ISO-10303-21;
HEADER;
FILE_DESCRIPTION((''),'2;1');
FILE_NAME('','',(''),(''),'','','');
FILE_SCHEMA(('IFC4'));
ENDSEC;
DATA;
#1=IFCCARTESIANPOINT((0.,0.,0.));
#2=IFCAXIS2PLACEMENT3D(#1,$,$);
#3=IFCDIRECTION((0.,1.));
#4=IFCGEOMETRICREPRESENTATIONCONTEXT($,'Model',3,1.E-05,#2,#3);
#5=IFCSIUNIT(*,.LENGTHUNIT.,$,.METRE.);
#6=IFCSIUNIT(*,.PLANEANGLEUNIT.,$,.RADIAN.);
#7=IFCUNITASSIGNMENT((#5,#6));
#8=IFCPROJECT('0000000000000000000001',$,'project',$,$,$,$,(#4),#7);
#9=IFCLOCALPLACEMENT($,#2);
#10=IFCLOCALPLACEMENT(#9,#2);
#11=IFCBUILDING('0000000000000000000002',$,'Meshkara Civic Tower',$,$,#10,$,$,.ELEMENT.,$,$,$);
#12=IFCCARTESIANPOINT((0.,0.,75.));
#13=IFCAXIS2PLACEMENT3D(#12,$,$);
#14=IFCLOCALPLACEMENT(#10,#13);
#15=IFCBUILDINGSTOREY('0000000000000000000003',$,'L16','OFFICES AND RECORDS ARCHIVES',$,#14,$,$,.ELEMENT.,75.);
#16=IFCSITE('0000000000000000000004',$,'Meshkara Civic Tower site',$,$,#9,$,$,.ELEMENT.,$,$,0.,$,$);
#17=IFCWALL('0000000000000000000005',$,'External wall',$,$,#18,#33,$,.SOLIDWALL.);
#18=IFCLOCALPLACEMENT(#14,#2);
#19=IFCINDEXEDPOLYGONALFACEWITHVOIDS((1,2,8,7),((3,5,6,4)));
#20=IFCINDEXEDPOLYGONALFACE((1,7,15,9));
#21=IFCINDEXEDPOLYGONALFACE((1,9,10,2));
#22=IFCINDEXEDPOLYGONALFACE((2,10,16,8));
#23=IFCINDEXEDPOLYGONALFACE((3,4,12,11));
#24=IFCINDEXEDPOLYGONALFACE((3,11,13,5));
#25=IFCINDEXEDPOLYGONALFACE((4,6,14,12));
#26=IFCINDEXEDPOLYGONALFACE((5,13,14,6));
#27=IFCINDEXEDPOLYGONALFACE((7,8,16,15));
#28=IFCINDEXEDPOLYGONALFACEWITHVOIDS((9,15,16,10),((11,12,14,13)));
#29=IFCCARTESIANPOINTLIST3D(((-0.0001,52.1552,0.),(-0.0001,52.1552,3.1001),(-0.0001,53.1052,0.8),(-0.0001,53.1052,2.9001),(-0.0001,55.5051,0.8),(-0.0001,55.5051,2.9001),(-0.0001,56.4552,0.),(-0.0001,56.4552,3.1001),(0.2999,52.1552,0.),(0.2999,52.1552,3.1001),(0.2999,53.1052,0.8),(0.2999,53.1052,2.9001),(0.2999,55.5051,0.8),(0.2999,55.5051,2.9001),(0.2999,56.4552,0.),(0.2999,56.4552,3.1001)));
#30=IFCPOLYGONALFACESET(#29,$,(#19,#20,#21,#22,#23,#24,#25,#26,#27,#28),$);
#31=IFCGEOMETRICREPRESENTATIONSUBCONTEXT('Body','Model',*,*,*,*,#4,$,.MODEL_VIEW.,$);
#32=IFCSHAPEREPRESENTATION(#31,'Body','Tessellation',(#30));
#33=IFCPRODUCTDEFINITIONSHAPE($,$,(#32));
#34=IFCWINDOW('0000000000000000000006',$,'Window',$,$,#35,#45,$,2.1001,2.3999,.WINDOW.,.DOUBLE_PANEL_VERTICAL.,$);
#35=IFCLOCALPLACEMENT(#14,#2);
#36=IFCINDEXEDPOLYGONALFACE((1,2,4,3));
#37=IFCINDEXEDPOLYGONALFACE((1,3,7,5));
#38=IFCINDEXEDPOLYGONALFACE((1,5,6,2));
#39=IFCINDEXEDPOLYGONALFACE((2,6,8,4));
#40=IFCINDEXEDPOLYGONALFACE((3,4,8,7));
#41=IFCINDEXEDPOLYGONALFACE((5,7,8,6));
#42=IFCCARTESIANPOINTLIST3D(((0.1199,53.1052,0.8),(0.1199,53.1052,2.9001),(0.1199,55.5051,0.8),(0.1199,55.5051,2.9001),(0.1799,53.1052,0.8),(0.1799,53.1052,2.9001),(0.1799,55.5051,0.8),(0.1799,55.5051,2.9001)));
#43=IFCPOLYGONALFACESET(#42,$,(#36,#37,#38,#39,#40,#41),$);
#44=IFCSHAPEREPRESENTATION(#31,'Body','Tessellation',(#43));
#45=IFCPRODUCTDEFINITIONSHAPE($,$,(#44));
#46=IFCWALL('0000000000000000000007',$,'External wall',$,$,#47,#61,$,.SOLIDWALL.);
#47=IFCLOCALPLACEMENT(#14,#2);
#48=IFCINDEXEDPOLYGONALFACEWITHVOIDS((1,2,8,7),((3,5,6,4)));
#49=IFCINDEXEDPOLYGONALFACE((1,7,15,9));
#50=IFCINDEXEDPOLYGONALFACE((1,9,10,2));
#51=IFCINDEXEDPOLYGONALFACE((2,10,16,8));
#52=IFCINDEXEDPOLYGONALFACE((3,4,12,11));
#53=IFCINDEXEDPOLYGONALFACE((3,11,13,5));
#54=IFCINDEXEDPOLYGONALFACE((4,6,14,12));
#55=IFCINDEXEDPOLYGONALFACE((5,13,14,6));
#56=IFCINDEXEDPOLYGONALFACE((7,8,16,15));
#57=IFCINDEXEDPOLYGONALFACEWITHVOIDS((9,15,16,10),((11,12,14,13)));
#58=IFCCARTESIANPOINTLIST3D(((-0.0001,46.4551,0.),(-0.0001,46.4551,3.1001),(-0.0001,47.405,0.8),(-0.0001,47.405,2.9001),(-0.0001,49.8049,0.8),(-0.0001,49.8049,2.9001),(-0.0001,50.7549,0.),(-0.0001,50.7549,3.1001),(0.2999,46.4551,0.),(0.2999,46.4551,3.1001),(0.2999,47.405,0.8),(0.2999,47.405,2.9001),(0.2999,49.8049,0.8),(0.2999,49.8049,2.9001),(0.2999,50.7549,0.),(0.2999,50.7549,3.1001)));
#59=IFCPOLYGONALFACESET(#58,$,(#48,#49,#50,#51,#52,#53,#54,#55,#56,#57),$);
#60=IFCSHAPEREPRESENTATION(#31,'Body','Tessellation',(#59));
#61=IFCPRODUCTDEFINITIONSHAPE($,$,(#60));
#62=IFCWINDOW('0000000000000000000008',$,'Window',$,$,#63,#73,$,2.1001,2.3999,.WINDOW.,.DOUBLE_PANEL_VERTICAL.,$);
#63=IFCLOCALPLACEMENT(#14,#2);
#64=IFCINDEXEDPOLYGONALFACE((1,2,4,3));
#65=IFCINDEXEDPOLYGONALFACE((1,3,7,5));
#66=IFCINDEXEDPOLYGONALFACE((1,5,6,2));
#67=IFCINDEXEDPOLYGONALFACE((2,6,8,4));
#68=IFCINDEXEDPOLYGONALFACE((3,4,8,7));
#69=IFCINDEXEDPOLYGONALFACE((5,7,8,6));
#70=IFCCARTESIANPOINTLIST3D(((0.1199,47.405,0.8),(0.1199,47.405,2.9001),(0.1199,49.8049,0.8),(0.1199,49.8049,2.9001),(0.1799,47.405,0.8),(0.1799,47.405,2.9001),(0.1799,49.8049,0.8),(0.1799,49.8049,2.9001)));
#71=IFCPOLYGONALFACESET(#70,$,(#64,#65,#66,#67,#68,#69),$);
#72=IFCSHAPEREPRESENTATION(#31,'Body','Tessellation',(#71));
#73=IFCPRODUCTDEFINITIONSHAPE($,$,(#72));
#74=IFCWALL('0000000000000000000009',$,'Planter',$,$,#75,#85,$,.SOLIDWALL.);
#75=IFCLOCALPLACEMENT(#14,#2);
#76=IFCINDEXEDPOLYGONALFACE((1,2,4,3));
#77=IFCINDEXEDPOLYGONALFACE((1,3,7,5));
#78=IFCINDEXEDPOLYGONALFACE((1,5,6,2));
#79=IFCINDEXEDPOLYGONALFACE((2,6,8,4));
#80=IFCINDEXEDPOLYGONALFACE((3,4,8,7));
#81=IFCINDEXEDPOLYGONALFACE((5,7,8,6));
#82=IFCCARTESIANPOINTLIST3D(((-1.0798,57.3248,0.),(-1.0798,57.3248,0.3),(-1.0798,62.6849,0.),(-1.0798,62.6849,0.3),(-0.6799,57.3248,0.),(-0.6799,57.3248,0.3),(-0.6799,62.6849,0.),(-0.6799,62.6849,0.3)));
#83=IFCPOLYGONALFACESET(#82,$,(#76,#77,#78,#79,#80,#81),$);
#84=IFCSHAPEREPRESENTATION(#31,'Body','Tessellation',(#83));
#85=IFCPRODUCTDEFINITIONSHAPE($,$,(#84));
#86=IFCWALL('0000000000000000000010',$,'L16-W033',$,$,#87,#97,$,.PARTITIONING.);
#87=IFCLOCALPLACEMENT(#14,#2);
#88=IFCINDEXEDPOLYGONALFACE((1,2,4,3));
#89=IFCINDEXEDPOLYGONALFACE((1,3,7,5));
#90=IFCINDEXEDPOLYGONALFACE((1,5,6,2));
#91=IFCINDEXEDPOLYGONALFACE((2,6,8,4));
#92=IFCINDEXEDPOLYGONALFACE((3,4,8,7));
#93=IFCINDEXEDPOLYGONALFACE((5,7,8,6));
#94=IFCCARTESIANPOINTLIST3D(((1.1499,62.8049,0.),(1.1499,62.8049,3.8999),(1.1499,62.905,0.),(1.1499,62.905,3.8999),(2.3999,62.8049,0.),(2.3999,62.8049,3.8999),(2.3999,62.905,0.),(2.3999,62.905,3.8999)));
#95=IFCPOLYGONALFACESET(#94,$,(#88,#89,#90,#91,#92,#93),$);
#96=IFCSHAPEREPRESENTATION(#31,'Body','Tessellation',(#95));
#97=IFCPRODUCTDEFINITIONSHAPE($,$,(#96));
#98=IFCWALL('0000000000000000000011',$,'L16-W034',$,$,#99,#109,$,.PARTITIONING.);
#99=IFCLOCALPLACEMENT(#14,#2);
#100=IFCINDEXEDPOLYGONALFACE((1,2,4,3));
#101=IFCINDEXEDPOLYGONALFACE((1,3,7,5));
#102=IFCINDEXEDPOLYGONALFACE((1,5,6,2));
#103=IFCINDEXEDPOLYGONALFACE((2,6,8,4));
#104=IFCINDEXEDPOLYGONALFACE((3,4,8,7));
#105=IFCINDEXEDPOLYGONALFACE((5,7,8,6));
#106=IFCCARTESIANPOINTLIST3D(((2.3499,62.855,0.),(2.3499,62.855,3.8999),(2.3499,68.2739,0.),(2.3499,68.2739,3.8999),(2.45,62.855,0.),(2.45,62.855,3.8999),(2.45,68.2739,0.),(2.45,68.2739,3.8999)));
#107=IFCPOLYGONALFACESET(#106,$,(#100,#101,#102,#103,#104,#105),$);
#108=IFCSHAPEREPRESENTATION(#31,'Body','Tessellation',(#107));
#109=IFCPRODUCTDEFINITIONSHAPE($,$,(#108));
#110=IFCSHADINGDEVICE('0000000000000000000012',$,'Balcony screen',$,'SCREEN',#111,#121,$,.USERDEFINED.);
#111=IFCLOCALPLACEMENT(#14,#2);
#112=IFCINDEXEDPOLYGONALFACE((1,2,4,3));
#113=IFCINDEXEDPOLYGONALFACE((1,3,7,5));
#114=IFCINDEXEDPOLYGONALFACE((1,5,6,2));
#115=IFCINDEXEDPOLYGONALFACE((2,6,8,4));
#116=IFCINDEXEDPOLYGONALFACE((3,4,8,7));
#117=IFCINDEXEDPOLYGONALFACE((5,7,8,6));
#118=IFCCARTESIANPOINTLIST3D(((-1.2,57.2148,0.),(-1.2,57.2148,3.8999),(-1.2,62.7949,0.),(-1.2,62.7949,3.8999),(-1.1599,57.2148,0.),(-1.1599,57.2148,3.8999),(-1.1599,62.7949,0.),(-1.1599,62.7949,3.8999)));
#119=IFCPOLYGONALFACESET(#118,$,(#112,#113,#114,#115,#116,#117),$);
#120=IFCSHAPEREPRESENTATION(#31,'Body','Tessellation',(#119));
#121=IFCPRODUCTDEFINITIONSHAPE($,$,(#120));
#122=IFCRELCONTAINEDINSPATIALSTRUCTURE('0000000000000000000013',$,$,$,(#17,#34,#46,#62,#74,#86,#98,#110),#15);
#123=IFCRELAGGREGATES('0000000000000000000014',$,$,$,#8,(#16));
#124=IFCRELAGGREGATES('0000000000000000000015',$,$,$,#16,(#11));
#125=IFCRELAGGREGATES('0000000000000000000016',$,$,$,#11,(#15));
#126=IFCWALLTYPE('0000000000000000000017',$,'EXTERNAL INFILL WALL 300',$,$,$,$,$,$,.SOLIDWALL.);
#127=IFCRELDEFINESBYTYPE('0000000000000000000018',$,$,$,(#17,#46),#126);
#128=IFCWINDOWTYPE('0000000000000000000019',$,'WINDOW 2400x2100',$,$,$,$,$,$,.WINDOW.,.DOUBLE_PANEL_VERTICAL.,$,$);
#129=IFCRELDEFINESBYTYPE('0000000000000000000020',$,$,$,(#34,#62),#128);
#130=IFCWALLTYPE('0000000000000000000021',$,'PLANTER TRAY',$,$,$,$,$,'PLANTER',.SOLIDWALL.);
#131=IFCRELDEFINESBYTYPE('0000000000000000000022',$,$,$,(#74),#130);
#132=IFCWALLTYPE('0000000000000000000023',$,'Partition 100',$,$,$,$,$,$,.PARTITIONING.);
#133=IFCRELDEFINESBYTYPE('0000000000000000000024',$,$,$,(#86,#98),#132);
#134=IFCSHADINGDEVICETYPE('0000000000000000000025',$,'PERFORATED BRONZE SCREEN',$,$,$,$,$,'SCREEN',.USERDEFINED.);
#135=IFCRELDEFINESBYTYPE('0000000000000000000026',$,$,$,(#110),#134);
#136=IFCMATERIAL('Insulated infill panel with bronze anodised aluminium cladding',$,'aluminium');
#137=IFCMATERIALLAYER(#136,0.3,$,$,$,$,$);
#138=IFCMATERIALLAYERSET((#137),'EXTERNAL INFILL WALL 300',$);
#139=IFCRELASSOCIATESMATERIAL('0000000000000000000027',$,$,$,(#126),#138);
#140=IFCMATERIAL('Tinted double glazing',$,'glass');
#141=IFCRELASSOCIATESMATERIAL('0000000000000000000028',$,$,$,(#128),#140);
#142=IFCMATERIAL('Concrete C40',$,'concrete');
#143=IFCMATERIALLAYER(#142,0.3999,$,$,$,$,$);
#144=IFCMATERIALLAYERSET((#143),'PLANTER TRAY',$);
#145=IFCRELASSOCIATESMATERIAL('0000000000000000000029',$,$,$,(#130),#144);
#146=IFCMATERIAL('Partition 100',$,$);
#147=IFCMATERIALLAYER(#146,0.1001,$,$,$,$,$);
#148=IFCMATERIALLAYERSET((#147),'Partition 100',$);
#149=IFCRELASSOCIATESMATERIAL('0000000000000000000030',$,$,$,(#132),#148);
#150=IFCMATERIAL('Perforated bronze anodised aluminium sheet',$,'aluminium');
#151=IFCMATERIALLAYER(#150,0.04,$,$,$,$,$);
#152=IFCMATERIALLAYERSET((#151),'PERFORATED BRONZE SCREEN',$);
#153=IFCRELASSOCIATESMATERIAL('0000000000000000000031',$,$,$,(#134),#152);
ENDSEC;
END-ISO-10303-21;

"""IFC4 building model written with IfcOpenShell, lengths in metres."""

from ifc_helpers import new_model, si_unit, direction, frame, frame_2d, origin, origin_2d, place, context, subcontext, project, spatial, rectangle, extrude, material, layer, layer_set, type_object, element, fill, save


model = new_model("IFC4")

# Units and contexts
model_context = context("Model", 3, precision=1e-05, world=origin(), true_north=direction((0.0, 1.0)))
body_context = subcontext(model_context, "Body", "Model", "MODEL_VIEW")
ifc_project = project(units=[si_unit("LENGTHUNIT", "METRE"), si_unit("PLANEANGLEUNIT", "RADIAN")], contexts=[model_context])

# Site, building, storey
site_placement = place(None, origin())
site = spatial("IfcSite", under=ifc_project, at=site_placement, Name="Meshkara Civic Tower site", CompositionType="ELEMENT", RefElevation=0.0)
building_placement = place(site_placement, origin())
building = spatial("IfcBuilding", under=site, at=building_placement, Name="Meshkara Civic Tower", CompositionType="ELEMENT")
storey_placement = place(building_placement, frame((0.0, 0.0, 75.0)))
storey = spatial("IfcBuildingStorey", under=building, at=storey_placement, Name="L16", Description="OFFICES AND RECORDS ARCHIVES", CompositionType="ELEMENT", Elevation=75.0)

# Walls, openings, windows
ifc_material_1 = material(Name="Insulated infill panel with bronze anodised aluminium cladding", Category="aluminium")
ifc_layer_1 = layer(ifc_material_1, 0.3)
ifc_layer_set_1 = layer_set([ifc_layer_1], Name="EXTERNAL INFILL WALL 300")
wall_type_1 = type_object("IfcWallType", Name="EXTERNAL INFILL WALL 300", PredefinedType="SOLIDWALL", material=ifc_layer_set_1)
ifc_material_2 = material(Name="Tinted double glazing", Category="glass")
window_type = type_object("IfcWindowType", Name="WINDOW 2400x2100", PartitioningType="DOUBLE_PANEL_VERTICAL", PredefinedType="WINDOW", material=ifc_material_2)
wall_1_placement = place(storey_placement, frame((0.1499, 56.4551, 0.0), z_axis=(0.0, 0.0, 1.0), x_axis=(0.0, -1.0, 0.0)))
wall_1 = element("IfcWall", 1, at=wall_1_placement, inside=storey, type_object=wall_type_1, Name="External wall", PredefinedType="SOLIDWALL", context=body_context, shape_type="SweptSolid", body=[
    extrude(rectangle(XDim=4.3, YDim=0.3, at=frame_2d((2.1499, 0.0))), origin(), (0.0, 0.0, 1.0), 3.1001),
])
opening_1_placement = place(wall_1_placement, frame((0.95, 0.0, 0.8)))
opening_1 = element("IfcOpeningElement", 2, at=opening_1_placement, cuts=wall_1, PredefinedType="OPENING", context=body_context, shape_type="SweptSolid", body=[
    extrude(rectangle(XDim=2.3999, YDim=2.1001, at=frame_2d((1.2, 1.05))), frame((0.0, 0.1599, 0.0), z_axis=(0.0, -1.0, 0.0), x_axis=(1.0, 0.0, 0.0)), (0.0, 0.0, 1.0), 0.3201),
])
window_1_placement = place(opening_1_placement, origin())
window_1 = element("IfcWindow", 3, at=window_1_placement, inside=storey, type_object=window_type, Name="Window", OverallHeight=2.1001, OverallWidth=2.3999, PartitioningType="DOUBLE_PANEL_VERTICAL", PredefinedType="WINDOW", context=body_context, shape_type="SweptSolid", body=[
    extrude(rectangle(XDim=2.3999, YDim=2.1001, at=frame_2d((1.2, 1.05))), frame((0.0, 0.03, 0.0), z_axis=(0.0, -1.0, 0.0), x_axis=(1.0, 0.0, 0.0)), (0.0, 0.0, 1.0), 0.0601),
])
fill(opening_1, window_1)
wall_2_placement = place(storey_placement, frame((0.1499, 50.7549, 0.0), z_axis=(0.0, 0.0, 1.0), x_axis=(0.0, -1.0, 0.0)))
wall_2 = element("IfcWall", 4, at=wall_2_placement, inside=storey, type_object=wall_type_1, Name="External wall", PredefinedType="SOLIDWALL", context=body_context, shape_type="SweptSolid", body=[
    extrude(rectangle(XDim=4.2998, YDim=0.3, at=frame_2d((2.1499, 0.0))), origin(), (0.0, 0.0, 1.0), 3.1001),
])
opening_2_placement = place(wall_2_placement, frame((0.95, 0.0, 0.8)))
opening_2 = element("IfcOpeningElement", 5, at=opening_2_placement, cuts=wall_2, PredefinedType="OPENING", context=body_context, shape_type="SweptSolid", body=[
    extrude(rectangle(XDim=2.3999, YDim=2.1001, at=frame_2d((1.2, 1.05))), frame((0.0, 0.1599, 0.0), z_axis=(0.0, -1.0, 0.0), x_axis=(1.0, 0.0, 0.0)), (0.0, 0.0, 1.0), 0.3201),
])
window_2_placement = place(opening_2_placement, origin())
window_2 = element("IfcWindow", 6, at=window_2_placement, inside=storey, type_object=window_type, Name="Window", OverallHeight=2.1001, OverallWidth=2.3999, PartitioningType="DOUBLE_PANEL_VERTICAL", PredefinedType="WINDOW", context=body_context, shape_type="SweptSolid", body=[
    extrude(rectangle(XDim=2.3999, YDim=2.1001, at=frame_2d((1.2, 1.05))), frame((0.0, 0.03, 0.0), z_axis=(0.0, -1.0, 0.0), x_axis=(1.0, 0.0, 0.0)), (0.0, 0.0, 1.0), 0.0601),
])
fill(opening_2, window_2)

# Walls
ifc_material_3 = material(Name="Concrete C40", Category="concrete")
ifc_layer_2 = layer(ifc_material_3, 0.3999)
ifc_layer_set_2 = layer_set([ifc_layer_2], Name="PLANTER TRAY")
wall_type_2 = type_object("IfcWallType", Name="PLANTER TRAY", ElementType="PLANTER", PredefinedType="SOLIDWALL", material=ifc_layer_set_2)
wall_3_placement = place(storey_placement, frame((-0.8799, 62.6851, 0.0), z_axis=(0.0, 0.0, 1.0), x_axis=(0.0, -1.0, 0.0)))
element("IfcWall", 7, at=wall_3_placement, inside=storey, type_object=wall_type_2, Name="Planter", PredefinedType="SOLIDWALL", context=body_context, shape_type="SweptSolid", body=[
    extrude(rectangle(XDim=5.3601, YDim=0.3999, at=frame_2d((2.6802, 0.0))), origin(), (0.0, 0.0, 1.0), 0.3),
])
ifc_material_4 = material(Name="Partition 100")
ifc_layer_3 = layer(ifc_material_4, 0.1001)
ifc_layer_set_3 = layer_set([ifc_layer_3], Name="Partition 100")
wall_type_3 = type_object("IfcWallType", Name="Partition 100", PredefinedType="PARTITIONING", material=ifc_layer_set_3)
wall_4_placement = place(storey_placement, frame((1.1499, 62.855, 0.0), z_axis=(0.0, 0.0, 1.0), x_axis=(1.0, 0.0, 0.0)))
element("IfcWall", 8, at=wall_4_placement, inside=storey, type_object=wall_type_3, Name="L16-W033", PredefinedType="PARTITIONING", context=body_context, shape_type="SweptSolid", body=[
    extrude(rectangle(XDim=1.25, YDim=0.1001, at=frame_2d((0.625, 0.0))), origin(), (0.0, 0.0, 1.0), 3.8999),
])
wall_5_placement = place(storey_placement, frame((2.3999, 62.855, 0.0), z_axis=(0.0, 0.0, 1.0), x_axis=(0.0, 1.0, 0.0)))
element("IfcWall", 9, at=wall_5_placement, inside=storey, type_object=wall_type_3, Name="L16-W034", PredefinedType="PARTITIONING", context=body_context, shape_type="SweptSolid", body=[
    extrude(rectangle(XDim=5.4189, YDim=0.1001, at=frame_2d((2.7095, 0.0))), origin(), (0.0, 0.0, 1.0), 3.8999),
])

# Shading device
ifc_material_5 = material(Name="Perforated bronze anodised aluminium sheet", Category="aluminium")
ifc_layer_4 = layer(ifc_material_5, 0.04)
ifc_layer_set_4 = layer_set([ifc_layer_4], Name="PERFORATED BRONZE SCREEN")
shading_device_type = type_object("IfcShadingDeviceType", Name="PERFORATED BRONZE SCREEN", ElementType="SCREEN", PredefinedType="USERDEFINED", material=ifc_layer_set_4)
shading_device_placement = place(storey_placement, frame((-1.1799, 60.0049, 0.0), z_axis=(0.0, 0.0, 1.0), x_axis=(0.0, -1.0, 0.0)))
element("IfcShadingDevice", 10, at=shading_device_placement, inside=storey, type_object=shading_device_type, Name="Balcony screen", ObjectType="SCREEN", PredefinedType="USERDEFINED", context=body_context, shape_type="SweptSolid", body=[
    extrude(rectangle(XDim=5.5801, YDim=0.04, at=origin_2d()), origin(), (0.0, 0.0, 1.0), 3.8999),
])

save(model, "model.ifc")
